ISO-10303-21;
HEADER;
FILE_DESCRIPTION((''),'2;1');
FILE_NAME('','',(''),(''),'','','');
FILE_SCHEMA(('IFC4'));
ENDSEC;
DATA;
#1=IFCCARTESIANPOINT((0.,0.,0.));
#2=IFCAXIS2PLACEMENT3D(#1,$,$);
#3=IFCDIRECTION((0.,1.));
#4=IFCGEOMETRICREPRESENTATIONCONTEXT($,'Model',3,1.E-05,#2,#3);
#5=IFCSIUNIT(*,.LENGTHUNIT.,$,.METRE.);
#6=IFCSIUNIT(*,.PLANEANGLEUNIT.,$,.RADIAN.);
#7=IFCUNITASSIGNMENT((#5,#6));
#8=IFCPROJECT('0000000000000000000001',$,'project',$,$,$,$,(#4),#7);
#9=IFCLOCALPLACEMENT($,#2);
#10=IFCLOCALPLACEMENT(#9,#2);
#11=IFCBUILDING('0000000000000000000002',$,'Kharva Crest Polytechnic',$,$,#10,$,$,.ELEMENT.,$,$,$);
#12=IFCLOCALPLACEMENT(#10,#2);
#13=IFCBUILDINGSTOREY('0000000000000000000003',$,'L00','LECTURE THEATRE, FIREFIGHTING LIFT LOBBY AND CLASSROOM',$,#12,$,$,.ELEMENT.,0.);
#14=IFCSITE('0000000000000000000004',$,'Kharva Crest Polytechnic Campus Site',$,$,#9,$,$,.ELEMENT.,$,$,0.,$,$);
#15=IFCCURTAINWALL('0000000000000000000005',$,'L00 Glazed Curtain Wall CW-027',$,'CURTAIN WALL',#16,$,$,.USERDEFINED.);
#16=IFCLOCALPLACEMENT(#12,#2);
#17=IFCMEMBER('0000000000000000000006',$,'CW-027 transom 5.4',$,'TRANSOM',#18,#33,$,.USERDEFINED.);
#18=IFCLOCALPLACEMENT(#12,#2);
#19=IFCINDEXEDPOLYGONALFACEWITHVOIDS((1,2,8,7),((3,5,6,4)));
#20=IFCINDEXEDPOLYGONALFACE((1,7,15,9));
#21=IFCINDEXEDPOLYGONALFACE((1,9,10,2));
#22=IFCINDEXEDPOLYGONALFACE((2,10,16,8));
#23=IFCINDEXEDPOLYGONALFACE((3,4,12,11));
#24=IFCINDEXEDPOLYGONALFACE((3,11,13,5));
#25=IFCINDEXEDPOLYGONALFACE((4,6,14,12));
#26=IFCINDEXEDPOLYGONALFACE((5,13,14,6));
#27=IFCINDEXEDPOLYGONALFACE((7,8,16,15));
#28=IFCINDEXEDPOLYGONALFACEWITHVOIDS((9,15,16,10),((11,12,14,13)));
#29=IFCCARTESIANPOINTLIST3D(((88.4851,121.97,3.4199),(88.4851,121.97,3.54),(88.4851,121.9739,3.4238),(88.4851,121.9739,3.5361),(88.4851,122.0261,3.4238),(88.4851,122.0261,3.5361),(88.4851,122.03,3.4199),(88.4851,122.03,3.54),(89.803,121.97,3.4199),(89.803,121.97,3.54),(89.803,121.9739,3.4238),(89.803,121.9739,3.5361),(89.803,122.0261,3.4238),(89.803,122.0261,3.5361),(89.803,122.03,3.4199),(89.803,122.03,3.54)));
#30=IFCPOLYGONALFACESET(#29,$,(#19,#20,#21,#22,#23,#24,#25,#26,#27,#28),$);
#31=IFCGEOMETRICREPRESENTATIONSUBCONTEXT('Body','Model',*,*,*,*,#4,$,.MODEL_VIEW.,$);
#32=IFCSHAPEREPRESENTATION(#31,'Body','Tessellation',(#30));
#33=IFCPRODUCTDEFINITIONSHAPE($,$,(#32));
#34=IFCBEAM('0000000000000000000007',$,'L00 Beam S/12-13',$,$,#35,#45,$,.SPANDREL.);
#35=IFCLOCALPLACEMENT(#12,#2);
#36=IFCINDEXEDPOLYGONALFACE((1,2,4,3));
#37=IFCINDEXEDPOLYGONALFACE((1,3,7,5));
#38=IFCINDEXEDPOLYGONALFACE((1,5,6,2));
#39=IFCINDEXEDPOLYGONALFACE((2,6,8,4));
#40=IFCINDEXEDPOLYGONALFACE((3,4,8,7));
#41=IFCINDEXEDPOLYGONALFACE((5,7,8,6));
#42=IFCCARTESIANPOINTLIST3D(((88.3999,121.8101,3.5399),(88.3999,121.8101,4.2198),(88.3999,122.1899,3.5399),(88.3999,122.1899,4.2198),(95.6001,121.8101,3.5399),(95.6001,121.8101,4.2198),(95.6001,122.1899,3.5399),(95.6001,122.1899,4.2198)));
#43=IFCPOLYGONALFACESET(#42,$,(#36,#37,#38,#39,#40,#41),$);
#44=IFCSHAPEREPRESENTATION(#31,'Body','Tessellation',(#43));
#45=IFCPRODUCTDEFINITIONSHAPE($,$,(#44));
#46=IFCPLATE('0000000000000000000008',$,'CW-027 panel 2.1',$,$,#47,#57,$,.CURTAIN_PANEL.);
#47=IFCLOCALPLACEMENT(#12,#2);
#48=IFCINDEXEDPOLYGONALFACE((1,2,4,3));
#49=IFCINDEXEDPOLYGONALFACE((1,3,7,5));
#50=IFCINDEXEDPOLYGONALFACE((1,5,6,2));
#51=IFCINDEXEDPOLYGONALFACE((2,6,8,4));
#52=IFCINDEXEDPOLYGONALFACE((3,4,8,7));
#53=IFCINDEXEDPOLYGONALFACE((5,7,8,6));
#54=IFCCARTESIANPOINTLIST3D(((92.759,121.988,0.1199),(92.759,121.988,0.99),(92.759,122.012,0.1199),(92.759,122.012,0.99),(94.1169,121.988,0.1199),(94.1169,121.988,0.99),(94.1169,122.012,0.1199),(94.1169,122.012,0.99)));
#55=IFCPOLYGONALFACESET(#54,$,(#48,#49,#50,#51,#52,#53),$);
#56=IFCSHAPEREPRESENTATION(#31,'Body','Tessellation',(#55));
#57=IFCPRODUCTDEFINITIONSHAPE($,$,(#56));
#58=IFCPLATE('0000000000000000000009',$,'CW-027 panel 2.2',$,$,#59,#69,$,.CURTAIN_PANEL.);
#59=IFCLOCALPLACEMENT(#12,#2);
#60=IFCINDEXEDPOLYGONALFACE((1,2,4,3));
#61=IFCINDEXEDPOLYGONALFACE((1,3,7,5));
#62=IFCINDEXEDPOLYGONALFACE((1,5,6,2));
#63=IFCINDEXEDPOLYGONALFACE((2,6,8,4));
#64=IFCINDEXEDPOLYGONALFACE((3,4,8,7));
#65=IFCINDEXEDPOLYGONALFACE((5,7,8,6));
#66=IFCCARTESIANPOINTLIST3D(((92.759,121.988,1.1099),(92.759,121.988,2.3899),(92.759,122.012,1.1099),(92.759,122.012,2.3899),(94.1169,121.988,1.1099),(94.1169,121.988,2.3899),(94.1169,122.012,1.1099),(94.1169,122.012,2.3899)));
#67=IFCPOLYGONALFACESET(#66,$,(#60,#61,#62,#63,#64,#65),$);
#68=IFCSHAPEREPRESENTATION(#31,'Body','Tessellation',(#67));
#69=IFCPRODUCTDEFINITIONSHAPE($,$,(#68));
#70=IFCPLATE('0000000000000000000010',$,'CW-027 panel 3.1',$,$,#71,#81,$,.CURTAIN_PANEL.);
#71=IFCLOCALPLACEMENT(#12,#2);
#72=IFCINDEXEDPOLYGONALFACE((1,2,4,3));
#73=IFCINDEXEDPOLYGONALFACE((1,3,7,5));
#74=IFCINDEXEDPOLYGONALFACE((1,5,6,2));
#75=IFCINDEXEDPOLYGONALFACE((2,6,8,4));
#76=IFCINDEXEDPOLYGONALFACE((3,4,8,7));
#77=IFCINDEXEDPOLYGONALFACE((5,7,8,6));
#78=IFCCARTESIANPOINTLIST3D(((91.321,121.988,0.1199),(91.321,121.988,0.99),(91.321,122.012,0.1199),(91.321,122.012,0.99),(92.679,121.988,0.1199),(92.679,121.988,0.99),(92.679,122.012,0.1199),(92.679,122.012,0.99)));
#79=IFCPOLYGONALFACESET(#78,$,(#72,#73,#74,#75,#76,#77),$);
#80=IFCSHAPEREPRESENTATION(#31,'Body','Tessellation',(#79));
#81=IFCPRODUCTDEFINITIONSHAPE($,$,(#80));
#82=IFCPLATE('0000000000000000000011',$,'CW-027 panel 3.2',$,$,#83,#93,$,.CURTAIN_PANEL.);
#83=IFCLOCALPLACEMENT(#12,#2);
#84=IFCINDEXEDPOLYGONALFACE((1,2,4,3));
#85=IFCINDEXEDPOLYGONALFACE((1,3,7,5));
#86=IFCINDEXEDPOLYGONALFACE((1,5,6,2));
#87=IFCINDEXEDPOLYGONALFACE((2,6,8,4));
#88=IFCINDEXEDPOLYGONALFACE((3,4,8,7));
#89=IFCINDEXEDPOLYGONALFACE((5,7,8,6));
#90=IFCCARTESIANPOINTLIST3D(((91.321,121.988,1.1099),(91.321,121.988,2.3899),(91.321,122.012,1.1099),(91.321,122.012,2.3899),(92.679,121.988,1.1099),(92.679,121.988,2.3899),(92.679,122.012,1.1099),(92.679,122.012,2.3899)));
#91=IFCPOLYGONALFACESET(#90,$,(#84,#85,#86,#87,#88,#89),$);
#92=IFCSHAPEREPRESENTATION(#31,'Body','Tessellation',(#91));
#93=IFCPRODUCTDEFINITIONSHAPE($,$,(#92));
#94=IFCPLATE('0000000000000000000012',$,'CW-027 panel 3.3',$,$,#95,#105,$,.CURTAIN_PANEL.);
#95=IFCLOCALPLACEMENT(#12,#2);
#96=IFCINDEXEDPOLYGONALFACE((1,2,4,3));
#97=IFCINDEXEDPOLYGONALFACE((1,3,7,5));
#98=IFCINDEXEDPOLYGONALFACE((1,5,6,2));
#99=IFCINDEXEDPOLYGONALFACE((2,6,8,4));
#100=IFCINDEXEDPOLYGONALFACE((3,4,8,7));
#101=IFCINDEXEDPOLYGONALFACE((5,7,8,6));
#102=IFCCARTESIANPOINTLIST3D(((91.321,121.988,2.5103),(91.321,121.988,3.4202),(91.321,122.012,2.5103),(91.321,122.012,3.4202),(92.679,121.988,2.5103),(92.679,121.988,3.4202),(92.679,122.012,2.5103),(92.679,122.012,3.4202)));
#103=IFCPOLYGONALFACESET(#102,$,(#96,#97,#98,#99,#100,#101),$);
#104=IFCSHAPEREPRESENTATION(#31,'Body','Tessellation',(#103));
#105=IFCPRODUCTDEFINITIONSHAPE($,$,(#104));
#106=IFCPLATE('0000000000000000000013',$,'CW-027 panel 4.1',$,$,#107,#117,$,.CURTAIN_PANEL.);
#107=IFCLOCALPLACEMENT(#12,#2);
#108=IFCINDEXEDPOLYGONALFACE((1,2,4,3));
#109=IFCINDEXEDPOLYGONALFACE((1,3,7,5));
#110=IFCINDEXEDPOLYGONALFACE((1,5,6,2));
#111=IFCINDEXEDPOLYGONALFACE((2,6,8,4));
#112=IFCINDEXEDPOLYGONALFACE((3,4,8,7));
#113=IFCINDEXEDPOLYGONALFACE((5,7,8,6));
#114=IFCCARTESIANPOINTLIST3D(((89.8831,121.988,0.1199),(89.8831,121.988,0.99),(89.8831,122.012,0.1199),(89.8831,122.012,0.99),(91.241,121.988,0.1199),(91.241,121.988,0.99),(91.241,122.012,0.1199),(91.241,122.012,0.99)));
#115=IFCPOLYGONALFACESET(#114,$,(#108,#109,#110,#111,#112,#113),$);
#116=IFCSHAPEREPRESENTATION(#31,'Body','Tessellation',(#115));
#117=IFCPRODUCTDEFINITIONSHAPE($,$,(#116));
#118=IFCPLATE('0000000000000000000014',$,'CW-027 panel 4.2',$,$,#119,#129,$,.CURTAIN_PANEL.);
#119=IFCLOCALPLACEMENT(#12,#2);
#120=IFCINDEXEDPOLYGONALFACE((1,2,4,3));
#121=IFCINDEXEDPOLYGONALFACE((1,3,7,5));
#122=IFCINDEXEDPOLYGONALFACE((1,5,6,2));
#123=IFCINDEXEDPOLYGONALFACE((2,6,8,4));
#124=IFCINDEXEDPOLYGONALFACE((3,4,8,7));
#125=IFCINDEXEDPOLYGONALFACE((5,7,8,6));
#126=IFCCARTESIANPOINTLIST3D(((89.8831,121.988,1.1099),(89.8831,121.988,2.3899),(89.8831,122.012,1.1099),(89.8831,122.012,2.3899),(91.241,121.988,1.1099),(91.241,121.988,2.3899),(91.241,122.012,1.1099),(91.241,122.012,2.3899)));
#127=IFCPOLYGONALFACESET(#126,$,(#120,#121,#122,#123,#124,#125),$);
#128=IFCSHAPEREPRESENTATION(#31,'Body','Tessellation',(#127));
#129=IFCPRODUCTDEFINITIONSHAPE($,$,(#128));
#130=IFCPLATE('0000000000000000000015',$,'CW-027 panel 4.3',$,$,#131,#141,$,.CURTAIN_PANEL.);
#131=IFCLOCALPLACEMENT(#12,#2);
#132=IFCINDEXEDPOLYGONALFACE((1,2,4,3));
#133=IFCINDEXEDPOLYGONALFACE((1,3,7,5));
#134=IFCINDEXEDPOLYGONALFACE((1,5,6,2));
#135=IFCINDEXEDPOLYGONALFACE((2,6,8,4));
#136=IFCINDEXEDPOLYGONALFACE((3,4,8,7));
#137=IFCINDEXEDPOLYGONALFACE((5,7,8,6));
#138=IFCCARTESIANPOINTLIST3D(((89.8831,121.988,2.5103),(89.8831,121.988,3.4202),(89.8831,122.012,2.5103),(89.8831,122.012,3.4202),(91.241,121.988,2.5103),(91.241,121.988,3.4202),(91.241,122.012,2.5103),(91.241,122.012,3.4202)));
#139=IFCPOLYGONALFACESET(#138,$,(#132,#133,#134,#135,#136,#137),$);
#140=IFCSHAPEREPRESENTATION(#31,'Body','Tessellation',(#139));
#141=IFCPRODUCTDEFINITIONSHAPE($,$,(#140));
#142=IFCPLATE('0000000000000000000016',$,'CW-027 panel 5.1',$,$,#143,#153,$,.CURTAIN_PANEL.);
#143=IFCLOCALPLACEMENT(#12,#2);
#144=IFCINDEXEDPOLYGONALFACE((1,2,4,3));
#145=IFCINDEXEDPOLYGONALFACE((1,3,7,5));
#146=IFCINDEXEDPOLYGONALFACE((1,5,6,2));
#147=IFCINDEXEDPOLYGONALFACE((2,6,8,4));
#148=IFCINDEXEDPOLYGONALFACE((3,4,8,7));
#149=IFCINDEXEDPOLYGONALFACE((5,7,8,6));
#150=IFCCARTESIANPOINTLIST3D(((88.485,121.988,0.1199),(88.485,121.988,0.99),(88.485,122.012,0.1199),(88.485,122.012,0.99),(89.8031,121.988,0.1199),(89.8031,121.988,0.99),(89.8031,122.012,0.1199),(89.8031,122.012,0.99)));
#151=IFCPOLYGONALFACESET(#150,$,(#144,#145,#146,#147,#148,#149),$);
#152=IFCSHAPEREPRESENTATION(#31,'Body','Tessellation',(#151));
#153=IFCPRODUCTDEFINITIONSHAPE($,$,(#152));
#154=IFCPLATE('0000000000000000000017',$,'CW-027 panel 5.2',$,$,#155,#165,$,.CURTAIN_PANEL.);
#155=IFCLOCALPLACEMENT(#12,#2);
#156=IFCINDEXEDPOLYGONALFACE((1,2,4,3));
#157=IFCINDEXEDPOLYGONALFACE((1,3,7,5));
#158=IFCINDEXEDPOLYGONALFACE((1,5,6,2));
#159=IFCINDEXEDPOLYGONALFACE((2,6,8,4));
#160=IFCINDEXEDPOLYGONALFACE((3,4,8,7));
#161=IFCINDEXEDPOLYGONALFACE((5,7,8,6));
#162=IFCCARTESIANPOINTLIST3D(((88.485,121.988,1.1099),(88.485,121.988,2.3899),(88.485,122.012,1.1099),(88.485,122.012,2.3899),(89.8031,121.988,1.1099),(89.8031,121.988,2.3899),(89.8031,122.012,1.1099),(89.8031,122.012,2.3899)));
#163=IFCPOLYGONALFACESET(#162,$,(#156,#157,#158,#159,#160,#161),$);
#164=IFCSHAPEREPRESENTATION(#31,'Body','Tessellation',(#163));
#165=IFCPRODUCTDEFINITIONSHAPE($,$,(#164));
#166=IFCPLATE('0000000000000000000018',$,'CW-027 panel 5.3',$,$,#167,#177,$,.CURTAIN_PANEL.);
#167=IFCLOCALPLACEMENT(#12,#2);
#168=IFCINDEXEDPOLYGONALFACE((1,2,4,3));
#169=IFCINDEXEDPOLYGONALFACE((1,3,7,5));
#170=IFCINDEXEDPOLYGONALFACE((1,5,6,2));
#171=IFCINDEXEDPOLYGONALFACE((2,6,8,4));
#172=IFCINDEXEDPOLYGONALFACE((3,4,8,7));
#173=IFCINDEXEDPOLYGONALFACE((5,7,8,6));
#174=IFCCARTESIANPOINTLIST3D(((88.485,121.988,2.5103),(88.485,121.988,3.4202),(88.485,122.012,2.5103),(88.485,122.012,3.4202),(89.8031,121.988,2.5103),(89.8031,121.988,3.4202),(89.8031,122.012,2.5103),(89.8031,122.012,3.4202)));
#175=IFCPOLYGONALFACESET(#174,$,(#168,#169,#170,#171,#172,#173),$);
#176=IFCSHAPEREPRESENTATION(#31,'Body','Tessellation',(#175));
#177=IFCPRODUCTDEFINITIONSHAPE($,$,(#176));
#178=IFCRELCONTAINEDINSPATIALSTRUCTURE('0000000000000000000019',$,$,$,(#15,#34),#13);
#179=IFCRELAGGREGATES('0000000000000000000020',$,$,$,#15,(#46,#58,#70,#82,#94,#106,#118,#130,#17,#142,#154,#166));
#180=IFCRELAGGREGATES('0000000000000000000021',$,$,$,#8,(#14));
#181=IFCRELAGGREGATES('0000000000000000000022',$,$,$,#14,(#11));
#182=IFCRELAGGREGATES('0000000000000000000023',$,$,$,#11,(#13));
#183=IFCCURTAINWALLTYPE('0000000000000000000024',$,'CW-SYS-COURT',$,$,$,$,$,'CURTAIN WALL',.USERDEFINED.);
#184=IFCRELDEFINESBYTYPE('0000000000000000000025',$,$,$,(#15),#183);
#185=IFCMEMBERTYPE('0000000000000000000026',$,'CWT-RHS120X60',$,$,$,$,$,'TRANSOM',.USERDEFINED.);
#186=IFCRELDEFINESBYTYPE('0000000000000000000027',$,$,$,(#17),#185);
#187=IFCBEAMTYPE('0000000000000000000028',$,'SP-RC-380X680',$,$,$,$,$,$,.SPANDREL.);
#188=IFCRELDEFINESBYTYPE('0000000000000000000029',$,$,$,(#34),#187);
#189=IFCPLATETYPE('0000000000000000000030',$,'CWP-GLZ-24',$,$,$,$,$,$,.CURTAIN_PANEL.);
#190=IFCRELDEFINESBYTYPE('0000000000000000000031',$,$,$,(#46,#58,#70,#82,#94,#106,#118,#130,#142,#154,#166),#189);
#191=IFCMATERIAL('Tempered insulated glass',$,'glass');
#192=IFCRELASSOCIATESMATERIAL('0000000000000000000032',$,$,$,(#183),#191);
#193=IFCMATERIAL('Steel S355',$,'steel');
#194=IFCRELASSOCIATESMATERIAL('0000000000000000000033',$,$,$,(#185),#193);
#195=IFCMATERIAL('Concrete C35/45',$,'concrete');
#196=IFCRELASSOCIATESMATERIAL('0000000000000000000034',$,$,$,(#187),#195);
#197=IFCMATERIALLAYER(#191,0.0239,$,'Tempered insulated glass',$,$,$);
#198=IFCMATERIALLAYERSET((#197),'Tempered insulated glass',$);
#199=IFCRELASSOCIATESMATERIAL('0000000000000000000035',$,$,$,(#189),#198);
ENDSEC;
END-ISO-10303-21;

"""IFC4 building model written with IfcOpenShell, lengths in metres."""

from ifc_helpers import new_model, si_unit, direction, frame, origin, origin_2d, place, context, subcontext, project, spatial, rectangle, hollow_rectangle, extrude, material, layer, layer_set, material_profile, profile_set, type_object, element, aggregate, save


model = new_model("IFC4")

# Units and contexts
model_context = context("Model", 3, precision=1e-05, world=origin(), true_north=direction((0.0, 1.0)))
body_context = subcontext(model_context, "Body", "Model", "MODEL_VIEW")
ifc_project = project(units=[si_unit("LENGTHUNIT", "METRE"), si_unit("PLANEANGLEUNIT", "RADIAN")], contexts=[model_context])

# Site, building, storey
site_placement = place(None, origin())
site = spatial("IfcSite", under=ifc_project, at=site_placement, Name="Kharva Crest Polytechnic Campus Site", CompositionType="ELEMENT", RefElevation=0.0)
building_placement = place(site_placement, origin())
building = spatial("IfcBuilding", under=site, at=building_placement, Name="Kharva Crest Polytechnic", CompositionType="ELEMENT")
storey_placement = place(building_placement, origin())
storey = spatial("IfcBuildingStorey", under=building, at=storey_placement, Name="L00", Description="LECTURE THEATRE, FIREFIGHTING LIFT LOBBY AND CLASSROOM", CompositionType="ELEMENT", Elevation=0.0)

# Shared definitions
ifc_material_1 = material(Name="Concrete C35/45", Category="concrete")

# Curtain wall, member
ifc_material_2 = material(Name="Tempered insulated glass", Category="glass")
curtain_wall_type = type_object("IfcCurtainWallType", Name="CW-SYS-COURT", ElementType="CURTAIN WALL", PredefinedType="USERDEFINED", material=ifc_material_2)
curtain_wall_placement = place(storey_placement, origin())
curtain_wall = element("IfcCurtainWall", 1, at=curtain_wall_placement, inside=storey, type_object=curtain_wall_type, Name="L00 Glazed Curtain Wall CW-027", ObjectType="CURTAIN WALL", PredefinedType="USERDEFINED")
ifc_material_3 = material(Name="Steel S355", Category="steel")
ifc_material_profile_1 = material_profile(ifc_material_3, hollow_rectangle(XDim=0.0601, YDim=0.1201, WallThickness=0.0039, at=origin_2d()), Name="RHS 120X60X4.0")
ifc_profile_set_1 = profile_set([ifc_material_profile_1], Name="Steel S355")
member_type_1 = type_object("IfcMemberType", Name="CWT-RHS120X60", ElementType="TRANSOM", PredefinedType="USERDEFINED", material=ifc_profile_set_1)
member_1_placement = place(storey_placement, frame((89.803, 122.0, 3.48), z_axis=(-1.0, 0.0, 0.0), x_axis=(0.0, -1.0, 0.0)))
member_1 = element("IfcMember", 2, at=member_1_placement, type_object=member_type_1, Name="CW-027 transom 5.4", ObjectType="TRANSOM", PredefinedType="USERDEFINED", context=body_context, shape_type="SweptSolid", body=[
    extrude(hollow_rectangle(XDim=0.0601, YDim=0.1201, WallThickness=0.0039, at=origin_2d()), origin(), (0.0, 0.0, 1.0), 1.3179),
])

# Beam
ifc_material_profile_2 = material_profile(ifc_material_1, rectangle(XDim=0.3799, YDim=0.6799, at=origin_2d()), Name="RECT 380 X 680")
ifc_profile_set_2 = profile_set([ifc_material_profile_2], Name="Concrete C35/45")
beam_type = type_object("IfcBeamType", Name="SP-RC-380X680", PredefinedType="SPANDREL", material=ifc_profile_set_2)
beam_placement = place(storey_placement, frame((88.3999, 122.0, 3.8799), z_axis=(1.0, 0.0, 0.0), x_axis=(0.0, 1.0, 0.0)))
element("IfcBeam", 3, at=beam_placement, inside=storey, type_object=beam_type, Name="L00 Beam S/12-13", PredefinedType="SPANDREL", context=body_context, shape_type="SweptSolid", body=[
    extrude(rectangle(XDim=0.3799, YDim=0.6799, at=origin_2d()), origin(), (0.0, 0.0, 1.0), 7.2002),
])

# Plates
ifc_layer = layer(ifc_material_2, 0.0239, Name="Tempered insulated glass")
ifc_layer_set = layer_set([ifc_layer], Name="Tempered insulated glass")
plate_type = type_object("IfcPlateType", Name="CWP-GLZ-24", PredefinedType="CURTAIN_PANEL", material=ifc_layer_set)
plate_1_placement = place(storey_placement, frame((93.438, 122.0, 0.1199), z_axis=(0.0, 0.0, 1.0), x_axis=(-1.0, 0.0, 0.0)))
plate_1 = element("IfcPlate", 4, at=plate_1_placement, type_object=plate_type, Name="CW-027 panel 2.1", PredefinedType="CURTAIN_PANEL", context=body_context, shape_type="SweptSolid", body=[
    extrude(rectangle(XDim=1.3579, YDim=0.0239, at=origin_2d()), origin(), (0.0, 0.0, 1.0), 0.8701),
])
plate_2_placement = place(storey_placement, frame((93.438, 122.0, 1.1099), z_axis=(0.0, 0.0, 1.0), x_axis=(-1.0, 0.0, 0.0)))
plate_2 = element("IfcPlate", 5, at=plate_2_placement, type_object=plate_type, Name="CW-027 panel 2.2", PredefinedType="CURTAIN_PANEL", context=body_context, shape_type="SweptSolid", body=[
    extrude(rectangle(XDim=1.3579, YDim=0.0239, at=origin_2d()), origin(), (0.0, 0.0, 1.0), 1.28),
])
plate_3_placement = place(storey_placement, frame((92.0, 122.0, 0.1199), z_axis=(0.0, 0.0, 1.0), x_axis=(-1.0, 0.0, 0.0)))
plate_3 = element("IfcPlate", 6, at=plate_3_placement, type_object=plate_type, Name="CW-027 panel 3.1", PredefinedType="CURTAIN_PANEL", context=body_context, shape_type="SweptSolid", body=[
    extrude(rectangle(XDim=1.3579, YDim=0.0239, at=origin_2d()), origin(), (0.0, 0.0, 1.0), 0.8701),
])
plate_4_placement = place(storey_placement, frame((92.0, 122.0, 1.1099), z_axis=(0.0, 0.0, 1.0), x_axis=(-1.0, 0.0, 0.0)))
plate_4 = element("IfcPlate", 7, at=plate_4_placement, type_object=plate_type, Name="CW-027 panel 3.2", PredefinedType="CURTAIN_PANEL", context=body_context, shape_type="SweptSolid", body=[
    extrude(rectangle(XDim=1.3579, YDim=0.0239, at=origin_2d()), origin(), (0.0, 0.0, 1.0), 1.28),
])
plate_5_placement = place(storey_placement, frame((92.0, 122.0, 2.5103), z_axis=(0.0, 0.0, 1.0), x_axis=(-1.0, 0.0, 0.0)))
plate_5 = element("IfcPlate", 8, at=plate_5_placement, type_object=plate_type, Name="CW-027 panel 3.3", PredefinedType="CURTAIN_PANEL", context=body_context, shape_type="SweptSolid", body=[
    extrude(rectangle(XDim=1.3579, YDim=0.0239, at=origin_2d()), origin(), (0.0, 0.0, 1.0), 0.9099),
])
plate_6_placement = place(storey_placement, frame((90.562, 122.0, 0.1199), z_axis=(0.0, 0.0, 1.0), x_axis=(-1.0, 0.0, 0.0)))
plate_6 = element("IfcPlate", 9, at=plate_6_placement, type_object=plate_type, Name="CW-027 panel 4.1", PredefinedType="CURTAIN_PANEL", context=body_context, shape_type="SweptSolid", body=[
    extrude(rectangle(XDim=1.3579, YDim=0.0239, at=origin_2d()), origin(), (0.0, 0.0, 1.0), 0.8701),
])
plate_7_placement = place(storey_placement, frame((90.562, 122.0, 1.1099), z_axis=(0.0, 0.0, 1.0), x_axis=(-1.0, 0.0, 0.0)))
plate_7 = element("IfcPlate", 10, at=plate_7_placement, type_object=plate_type, Name="CW-027 panel 4.2", PredefinedType="CURTAIN_PANEL", context=body_context, shape_type="SweptSolid", body=[
    extrude(rectangle(XDim=1.3579, YDim=0.0239, at=origin_2d()), origin(), (0.0, 0.0, 1.0), 1.28),
])
plate_8_placement = place(storey_placement, frame((90.562, 122.0, 2.5103), z_axis=(0.0, 0.0, 1.0), x_axis=(-1.0, 0.0, 0.0)))
plate_8 = element("IfcPlate", 11, at=plate_8_placement, type_object=plate_type, Name="CW-027 panel 4.3", PredefinedType="CURTAIN_PANEL", context=body_context, shape_type="SweptSolid", body=[
    extrude(rectangle(XDim=1.3579, YDim=0.0239, at=origin_2d()), origin(), (0.0, 0.0, 1.0), 0.9099),
])
plate_9_placement = place(storey_placement, frame((89.144, 122.0, 0.1199), z_axis=(0.0, 0.0, 1.0), x_axis=(-1.0, 0.0, 0.0)))
plate_9 = element("IfcPlate", 12, at=plate_9_placement, type_object=plate_type, Name="CW-027 panel 5.1", PredefinedType="CURTAIN_PANEL", context=body_context, shape_type="SweptSolid", body=[
    extrude(rectangle(XDim=1.3181, YDim=0.0239, at=origin_2d()), origin(), (0.0, 0.0, 1.0), 0.8701),
])
plate_10_placement = place(storey_placement, frame((89.144, 122.0, 1.1099), z_axis=(0.0, 0.0, 1.0), x_axis=(-1.0, 0.0, 0.0)))
plate_10 = element("IfcPlate", 13, at=plate_10_placement, type_object=plate_type, Name="CW-027 panel 5.2", PredefinedType="CURTAIN_PANEL", context=body_context, shape_type="SweptSolid", body=[
    extrude(rectangle(XDim=1.3181, YDim=0.0239, at=origin_2d()), origin(), (0.0, 0.0, 1.0), 1.28),
])
plate_11_placement = place(storey_placement, frame((89.144, 122.0, 2.5103), z_axis=(0.0, 0.0, 1.0), x_axis=(-1.0, 0.0, 0.0)))
plate_11 = element("IfcPlate", 14, at=plate_11_placement, type_object=plate_type, Name="CW-027 panel 5.3", PredefinedType="CURTAIN_PANEL", context=body_context, shape_type="SweptSolid", body=[
    extrude(rectangle(XDim=1.3181, YDim=0.0239, at=origin_2d()), origin(), (0.0, 0.0, 1.0), 0.9099),
])
aggregate(curtain_wall, [plate_1, plate_2, plate_3, plate_4, plate_5, plate_6, plate_7, plate_8, member_1, plate_9, plate_10, plate_11])

save(model, "model.ifc")
